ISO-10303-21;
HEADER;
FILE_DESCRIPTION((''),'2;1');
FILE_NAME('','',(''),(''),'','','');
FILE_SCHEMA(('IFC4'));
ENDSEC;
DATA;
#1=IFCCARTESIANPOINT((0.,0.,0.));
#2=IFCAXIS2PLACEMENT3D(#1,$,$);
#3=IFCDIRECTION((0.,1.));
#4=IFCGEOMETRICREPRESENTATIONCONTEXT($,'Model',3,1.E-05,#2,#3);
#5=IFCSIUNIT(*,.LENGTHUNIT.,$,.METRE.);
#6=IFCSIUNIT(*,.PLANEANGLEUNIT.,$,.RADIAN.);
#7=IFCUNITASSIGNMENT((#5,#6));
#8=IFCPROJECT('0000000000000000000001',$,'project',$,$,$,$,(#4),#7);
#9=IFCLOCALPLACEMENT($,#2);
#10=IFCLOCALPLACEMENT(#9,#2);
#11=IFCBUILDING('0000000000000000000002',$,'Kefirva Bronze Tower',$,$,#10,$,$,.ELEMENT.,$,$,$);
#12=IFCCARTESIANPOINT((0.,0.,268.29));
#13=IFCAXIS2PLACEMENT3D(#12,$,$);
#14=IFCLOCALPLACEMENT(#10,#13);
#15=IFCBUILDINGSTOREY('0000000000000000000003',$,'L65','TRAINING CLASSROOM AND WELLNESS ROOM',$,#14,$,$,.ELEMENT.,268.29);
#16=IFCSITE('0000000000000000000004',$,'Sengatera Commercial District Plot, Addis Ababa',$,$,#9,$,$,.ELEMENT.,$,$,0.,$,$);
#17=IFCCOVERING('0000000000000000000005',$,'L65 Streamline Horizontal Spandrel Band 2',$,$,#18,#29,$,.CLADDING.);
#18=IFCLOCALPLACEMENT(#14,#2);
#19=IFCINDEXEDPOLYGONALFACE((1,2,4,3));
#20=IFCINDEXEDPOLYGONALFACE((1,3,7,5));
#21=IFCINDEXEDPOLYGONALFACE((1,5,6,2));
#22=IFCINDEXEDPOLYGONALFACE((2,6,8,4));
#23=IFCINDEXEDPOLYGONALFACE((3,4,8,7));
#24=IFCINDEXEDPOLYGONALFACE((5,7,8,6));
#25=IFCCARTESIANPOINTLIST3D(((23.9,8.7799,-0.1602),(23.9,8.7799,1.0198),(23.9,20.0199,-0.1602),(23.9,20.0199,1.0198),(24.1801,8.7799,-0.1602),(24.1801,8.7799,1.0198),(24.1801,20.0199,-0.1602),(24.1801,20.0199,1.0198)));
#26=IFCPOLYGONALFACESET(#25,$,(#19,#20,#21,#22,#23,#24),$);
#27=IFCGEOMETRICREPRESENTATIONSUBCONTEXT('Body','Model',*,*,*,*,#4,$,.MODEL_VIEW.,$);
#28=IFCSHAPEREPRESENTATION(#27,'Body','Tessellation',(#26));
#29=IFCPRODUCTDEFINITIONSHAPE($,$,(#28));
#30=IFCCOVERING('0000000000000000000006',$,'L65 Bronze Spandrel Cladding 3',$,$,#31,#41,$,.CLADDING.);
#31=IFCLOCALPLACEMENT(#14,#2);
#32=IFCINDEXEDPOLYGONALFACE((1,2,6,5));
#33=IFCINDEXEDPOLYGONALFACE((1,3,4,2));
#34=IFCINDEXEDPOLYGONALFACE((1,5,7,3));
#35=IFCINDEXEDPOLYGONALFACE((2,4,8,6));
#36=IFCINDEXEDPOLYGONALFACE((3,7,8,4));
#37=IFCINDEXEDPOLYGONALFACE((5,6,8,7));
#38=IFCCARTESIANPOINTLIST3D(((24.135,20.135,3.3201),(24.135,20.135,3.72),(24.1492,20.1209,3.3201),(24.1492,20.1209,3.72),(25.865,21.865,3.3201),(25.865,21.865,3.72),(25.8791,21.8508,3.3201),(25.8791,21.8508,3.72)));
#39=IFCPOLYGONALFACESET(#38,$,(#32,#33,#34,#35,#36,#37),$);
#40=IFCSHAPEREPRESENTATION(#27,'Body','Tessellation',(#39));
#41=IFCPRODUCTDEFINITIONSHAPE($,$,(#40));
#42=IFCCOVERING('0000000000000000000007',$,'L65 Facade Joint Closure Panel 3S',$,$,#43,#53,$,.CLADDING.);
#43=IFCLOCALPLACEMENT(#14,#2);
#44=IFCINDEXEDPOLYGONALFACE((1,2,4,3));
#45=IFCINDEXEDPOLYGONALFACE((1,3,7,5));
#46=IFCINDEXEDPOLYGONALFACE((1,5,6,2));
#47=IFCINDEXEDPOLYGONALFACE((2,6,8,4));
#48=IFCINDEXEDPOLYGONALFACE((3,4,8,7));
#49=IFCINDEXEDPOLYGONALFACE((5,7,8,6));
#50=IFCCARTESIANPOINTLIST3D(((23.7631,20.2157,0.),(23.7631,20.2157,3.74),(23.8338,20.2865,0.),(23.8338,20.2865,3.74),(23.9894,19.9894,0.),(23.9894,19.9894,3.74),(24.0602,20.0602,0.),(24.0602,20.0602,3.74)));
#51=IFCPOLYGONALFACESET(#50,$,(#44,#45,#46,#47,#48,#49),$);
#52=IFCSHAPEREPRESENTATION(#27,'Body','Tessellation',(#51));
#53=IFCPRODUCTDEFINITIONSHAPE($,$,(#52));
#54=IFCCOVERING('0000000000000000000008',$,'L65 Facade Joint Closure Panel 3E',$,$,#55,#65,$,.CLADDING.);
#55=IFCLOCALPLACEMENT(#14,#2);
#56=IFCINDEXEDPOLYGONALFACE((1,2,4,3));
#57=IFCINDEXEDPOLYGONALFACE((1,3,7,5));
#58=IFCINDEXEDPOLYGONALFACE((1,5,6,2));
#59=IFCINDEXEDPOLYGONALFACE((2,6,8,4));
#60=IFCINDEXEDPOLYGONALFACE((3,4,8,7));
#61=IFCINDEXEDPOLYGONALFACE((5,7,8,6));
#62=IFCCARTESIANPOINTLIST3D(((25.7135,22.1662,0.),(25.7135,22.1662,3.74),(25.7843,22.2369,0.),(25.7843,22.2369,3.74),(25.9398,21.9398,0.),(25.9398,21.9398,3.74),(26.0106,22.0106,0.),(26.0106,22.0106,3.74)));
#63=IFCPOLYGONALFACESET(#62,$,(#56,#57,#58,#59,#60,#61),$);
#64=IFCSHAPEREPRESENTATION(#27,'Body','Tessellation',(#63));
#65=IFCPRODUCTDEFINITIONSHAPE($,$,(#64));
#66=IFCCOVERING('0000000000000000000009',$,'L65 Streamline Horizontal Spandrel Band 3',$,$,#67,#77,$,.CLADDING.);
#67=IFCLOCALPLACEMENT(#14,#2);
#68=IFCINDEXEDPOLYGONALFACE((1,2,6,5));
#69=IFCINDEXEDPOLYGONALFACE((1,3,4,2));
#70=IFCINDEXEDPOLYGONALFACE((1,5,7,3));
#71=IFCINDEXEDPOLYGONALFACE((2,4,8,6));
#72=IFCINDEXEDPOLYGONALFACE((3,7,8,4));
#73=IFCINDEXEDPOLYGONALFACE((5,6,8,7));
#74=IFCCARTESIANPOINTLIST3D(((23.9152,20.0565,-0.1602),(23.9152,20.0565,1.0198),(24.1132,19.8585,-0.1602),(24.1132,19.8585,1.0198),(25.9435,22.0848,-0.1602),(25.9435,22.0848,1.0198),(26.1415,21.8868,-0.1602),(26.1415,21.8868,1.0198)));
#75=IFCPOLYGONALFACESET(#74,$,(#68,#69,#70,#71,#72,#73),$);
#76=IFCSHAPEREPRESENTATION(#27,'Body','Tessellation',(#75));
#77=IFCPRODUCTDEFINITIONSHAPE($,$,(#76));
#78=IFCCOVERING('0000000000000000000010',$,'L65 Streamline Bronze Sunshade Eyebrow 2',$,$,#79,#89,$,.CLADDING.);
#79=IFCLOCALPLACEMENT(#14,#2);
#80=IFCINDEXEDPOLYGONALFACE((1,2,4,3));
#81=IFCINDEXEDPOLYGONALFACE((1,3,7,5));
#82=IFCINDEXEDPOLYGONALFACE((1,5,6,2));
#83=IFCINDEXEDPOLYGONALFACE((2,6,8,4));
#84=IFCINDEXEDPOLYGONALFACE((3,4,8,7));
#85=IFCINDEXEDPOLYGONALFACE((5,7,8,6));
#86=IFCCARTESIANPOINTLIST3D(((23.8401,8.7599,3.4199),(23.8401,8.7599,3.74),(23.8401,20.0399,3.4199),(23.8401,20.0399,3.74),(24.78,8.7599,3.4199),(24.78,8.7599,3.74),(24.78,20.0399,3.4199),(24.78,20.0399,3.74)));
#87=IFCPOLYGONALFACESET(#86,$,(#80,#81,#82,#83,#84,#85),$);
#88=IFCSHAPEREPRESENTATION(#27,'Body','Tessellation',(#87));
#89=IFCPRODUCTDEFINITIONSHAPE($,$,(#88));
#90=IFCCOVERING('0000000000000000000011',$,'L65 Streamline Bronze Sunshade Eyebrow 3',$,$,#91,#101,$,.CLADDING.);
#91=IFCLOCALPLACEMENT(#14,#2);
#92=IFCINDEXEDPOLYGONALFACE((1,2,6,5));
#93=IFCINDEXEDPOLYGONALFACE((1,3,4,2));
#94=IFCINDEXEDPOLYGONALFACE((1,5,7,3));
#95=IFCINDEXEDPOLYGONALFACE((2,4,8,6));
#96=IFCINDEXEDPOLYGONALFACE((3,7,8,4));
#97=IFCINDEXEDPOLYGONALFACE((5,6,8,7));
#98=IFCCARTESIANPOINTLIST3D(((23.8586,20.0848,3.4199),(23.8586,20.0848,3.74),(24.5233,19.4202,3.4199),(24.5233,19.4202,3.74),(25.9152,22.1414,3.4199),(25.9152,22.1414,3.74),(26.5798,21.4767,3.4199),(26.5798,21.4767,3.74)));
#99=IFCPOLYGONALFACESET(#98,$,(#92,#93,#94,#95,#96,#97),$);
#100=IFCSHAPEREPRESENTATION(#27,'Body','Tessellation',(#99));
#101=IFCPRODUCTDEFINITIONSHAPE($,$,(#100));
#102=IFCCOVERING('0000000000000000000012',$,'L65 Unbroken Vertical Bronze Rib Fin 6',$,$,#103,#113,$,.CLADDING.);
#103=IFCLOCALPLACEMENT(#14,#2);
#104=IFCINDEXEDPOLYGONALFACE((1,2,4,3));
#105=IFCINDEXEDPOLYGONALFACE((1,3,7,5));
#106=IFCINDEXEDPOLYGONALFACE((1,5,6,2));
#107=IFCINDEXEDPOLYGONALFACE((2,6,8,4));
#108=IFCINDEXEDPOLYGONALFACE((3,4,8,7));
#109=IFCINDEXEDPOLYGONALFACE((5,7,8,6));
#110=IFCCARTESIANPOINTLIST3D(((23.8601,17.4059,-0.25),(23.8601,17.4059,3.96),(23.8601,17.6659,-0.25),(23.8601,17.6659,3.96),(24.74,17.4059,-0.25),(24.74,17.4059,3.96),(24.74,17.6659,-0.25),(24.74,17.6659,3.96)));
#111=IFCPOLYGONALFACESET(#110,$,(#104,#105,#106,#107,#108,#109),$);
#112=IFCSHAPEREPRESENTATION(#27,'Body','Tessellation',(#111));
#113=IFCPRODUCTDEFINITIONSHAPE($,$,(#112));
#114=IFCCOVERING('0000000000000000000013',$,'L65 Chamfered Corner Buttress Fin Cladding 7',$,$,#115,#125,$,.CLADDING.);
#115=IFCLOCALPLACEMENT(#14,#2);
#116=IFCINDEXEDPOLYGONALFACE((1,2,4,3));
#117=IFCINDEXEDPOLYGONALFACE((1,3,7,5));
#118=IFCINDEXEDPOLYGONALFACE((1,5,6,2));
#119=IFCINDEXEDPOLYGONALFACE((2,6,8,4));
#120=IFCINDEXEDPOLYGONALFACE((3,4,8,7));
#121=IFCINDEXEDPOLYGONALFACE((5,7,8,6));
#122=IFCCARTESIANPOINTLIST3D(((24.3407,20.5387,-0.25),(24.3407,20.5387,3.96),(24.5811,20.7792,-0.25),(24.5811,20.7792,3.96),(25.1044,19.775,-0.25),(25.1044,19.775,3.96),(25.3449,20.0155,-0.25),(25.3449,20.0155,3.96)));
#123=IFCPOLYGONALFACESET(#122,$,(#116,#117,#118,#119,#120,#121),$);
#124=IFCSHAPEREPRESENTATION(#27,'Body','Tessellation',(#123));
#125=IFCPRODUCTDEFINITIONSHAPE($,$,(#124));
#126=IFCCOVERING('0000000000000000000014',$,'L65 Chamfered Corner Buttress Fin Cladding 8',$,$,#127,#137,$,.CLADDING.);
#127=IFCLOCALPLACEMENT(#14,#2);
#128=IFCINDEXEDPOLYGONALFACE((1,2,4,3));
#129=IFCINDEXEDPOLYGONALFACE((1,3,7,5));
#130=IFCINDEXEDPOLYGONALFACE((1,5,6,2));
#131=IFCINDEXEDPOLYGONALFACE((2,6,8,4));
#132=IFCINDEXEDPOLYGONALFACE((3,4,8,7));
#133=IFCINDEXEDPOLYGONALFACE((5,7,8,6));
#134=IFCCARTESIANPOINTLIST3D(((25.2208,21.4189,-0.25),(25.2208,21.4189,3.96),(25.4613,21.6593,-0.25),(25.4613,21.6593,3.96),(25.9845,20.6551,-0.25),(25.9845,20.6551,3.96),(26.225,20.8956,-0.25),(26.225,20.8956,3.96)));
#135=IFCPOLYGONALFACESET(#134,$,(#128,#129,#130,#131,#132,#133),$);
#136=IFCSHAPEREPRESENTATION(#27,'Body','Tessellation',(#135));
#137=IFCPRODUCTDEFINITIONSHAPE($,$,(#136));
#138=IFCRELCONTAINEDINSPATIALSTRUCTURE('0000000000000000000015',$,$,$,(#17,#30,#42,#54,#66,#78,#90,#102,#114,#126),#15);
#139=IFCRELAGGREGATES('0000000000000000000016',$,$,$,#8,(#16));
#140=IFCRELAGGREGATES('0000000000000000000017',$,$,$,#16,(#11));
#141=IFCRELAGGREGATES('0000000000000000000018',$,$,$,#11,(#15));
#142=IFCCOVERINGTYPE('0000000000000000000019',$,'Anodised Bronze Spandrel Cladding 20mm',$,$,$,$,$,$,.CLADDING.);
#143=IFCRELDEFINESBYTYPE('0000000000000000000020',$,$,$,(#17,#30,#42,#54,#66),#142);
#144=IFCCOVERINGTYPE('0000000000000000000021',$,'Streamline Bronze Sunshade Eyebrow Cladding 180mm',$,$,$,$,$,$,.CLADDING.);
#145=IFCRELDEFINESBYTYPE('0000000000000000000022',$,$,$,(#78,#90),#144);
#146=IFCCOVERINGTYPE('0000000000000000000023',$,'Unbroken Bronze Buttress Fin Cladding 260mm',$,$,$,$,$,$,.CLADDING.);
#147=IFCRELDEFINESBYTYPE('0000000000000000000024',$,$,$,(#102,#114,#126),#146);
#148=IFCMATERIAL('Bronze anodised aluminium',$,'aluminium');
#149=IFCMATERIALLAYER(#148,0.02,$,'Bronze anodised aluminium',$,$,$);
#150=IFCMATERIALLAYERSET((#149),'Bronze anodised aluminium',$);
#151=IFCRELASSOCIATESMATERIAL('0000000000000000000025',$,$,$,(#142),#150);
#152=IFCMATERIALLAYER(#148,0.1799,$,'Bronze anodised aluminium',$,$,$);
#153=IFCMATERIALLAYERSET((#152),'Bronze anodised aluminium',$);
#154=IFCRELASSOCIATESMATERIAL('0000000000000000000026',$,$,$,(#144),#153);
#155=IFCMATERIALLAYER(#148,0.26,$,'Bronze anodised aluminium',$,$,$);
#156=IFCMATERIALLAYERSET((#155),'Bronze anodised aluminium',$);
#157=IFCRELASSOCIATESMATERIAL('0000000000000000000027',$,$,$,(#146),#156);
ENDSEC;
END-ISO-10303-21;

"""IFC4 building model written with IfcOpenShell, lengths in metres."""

from ifc_helpers import new_model, si_unit, direction, frame, origin, origin_2d, place, context, subcontext, project, spatial, rectangle, extrude, material, layer, layer_set, type_object, element, save


model = new_model("IFC4")

# Units and contexts
model_context = context("Model", 3, precision=1e-05, world=origin(), true_north=direction((0.0, 1.0)))
body_context = subcontext(model_context, "Body", "Model", "MODEL_VIEW")
ifc_project = project(units=[si_unit("LENGTHUNIT", "METRE"), si_unit("PLANEANGLEUNIT", "RADIAN")], contexts=[model_context])

# Site, building, storey
site_placement = place(None, origin())
site = spatial("IfcSite", under=ifc_project, at=site_placement, Name="Sengatera Commercial District Plot, Addis Ababa", CompositionType="ELEMENT", RefElevation=0.0)
building_placement = place(site_placement, origin())
building = spatial("IfcBuilding", under=site, at=building_placement, Name="Kefirva Bronze Tower", CompositionType="ELEMENT")
storey_placement = place(building_placement, frame((0.0, 0.0, 268.29)))
storey = spatial("IfcBuildingStorey", under=building, at=storey_placement, Name="L65", Description="TRAINING CLASSROOM AND WELLNESS ROOM", CompositionType="ELEMENT", Elevation=268.29)

# Shared definitions
ifc_material_1 = material(Name="Bronze anodised aluminium", Category="aluminium")

# Coverings
ifc_layer_1 = layer(ifc_material_1, 0.02, Name="Bronze anodised aluminium")
ifc_layer_set_1 = layer_set([ifc_layer_1], Name="Bronze anodised aluminium")
covering_type_1 = type_object("IfcCoveringType", Name="Anodised Bronze Spandrel Cladding 20mm", PredefinedType="CLADDING", material=ifc_layer_set_1)
covering_1_placement = place(storey_placement, frame((24.04, 14.3999, -0.1602), z_axis=(0.0, 0.0, 1.0), x_axis=(0.0, 1.0, 0.0)))
element("IfcCovering", 1, at=covering_1_placement, inside=storey, type_object=covering_type_1, Name="L65 Streamline Horizontal Spandrel Band 2", PredefinedType="CLADDING", context=body_context, shape_type="SweptSolid", body=[
    extrude(rectangle(XDim=11.24, YDim=0.28, at=origin_2d()), origin(), (0.0, 0.0, 1.0), 1.1799),
])
covering_2_placement = place(storey_placement, frame((25.0071, 20.9929, 3.3201), z_axis=(0.0, 0.0, 1.0), x_axis=(0.707107, 0.707107, 0.0)))
element("IfcCovering", 2, at=covering_2_placement, inside=storey, type_object=covering_type_1, Name="L65 Bronze Spandrel Cladding 3", PredefinedType="CLADDING", context=body_context, shape_type="SweptSolid", body=[
    extrude(rectangle(XDim=2.4465, YDim=0.02, at=origin_2d()), origin(), (0.0, 0.0, 1.0), 0.3999),
])
for number, where, z_axis, x_axis, name in (
    (3, (23.9116, 20.1379, 0.0), (0.0, 0.0, 1.0), (0.707107, 0.707107, 0.0), "L65 Facade Joint Closure Panel 3S"),
    (4, (25.8621, 22.0884, 0.0), (0.0, 0.0, 1.0), (0.707107, 0.707107, 0.0), "L65 Facade Joint Closure Panel 3E"),
):
    element("IfcCovering", number, at=place(storey_placement, frame(where, z_axis=z_axis, x_axis=x_axis)), inside=storey, type_object=covering_type_1, Name=name, PredefinedType="CLADDING", context=body_context, shape_type="SweptSolid", body=[
        extrude(rectangle(XDim=0.1001, YDim=0.3201, at=origin_2d()), origin(), (0.0, 0.0, 1.0), 3.74),
    ])
covering_3_placement = place(storey_placement, frame((25.0283, 20.9717, -0.1602), z_axis=(0.0, 0.0, 1.0), x_axis=(0.707107, 0.707107, 0.0)))
element("IfcCovering", 5, at=covering_3_placement, inside=storey, type_object=covering_type_1, Name="L65 Streamline Horizontal Spandrel Band 3", PredefinedType="CLADDING", context=body_context, shape_type="SweptSolid", body=[
    extrude(rectangle(XDim=2.8684, YDim=0.28, at=origin_2d()), origin(), (0.0, 0.0, 1.0), 1.1799),
])
ifc_layer_2 = layer(ifc_material_1, 0.1799, Name="Bronze anodised aluminium")
ifc_layer_set_2 = layer_set([ifc_layer_2], Name="Bronze anodised aluminium")
covering_type_2 = type_object("IfcCoveringType", Name="Streamline Bronze Sunshade Eyebrow Cladding 180mm", PredefinedType="CLADDING", material=ifc_layer_set_2)
covering_4_placement = place(storey_placement, frame((24.3101, 14.3999, 3.4199), z_axis=(0.0, 0.0, 1.0), x_axis=(0.0, 1.0, 0.0)))
element("IfcCovering", 6, at=covering_4_placement, inside=storey, type_object=covering_type_2, Name="L65 Streamline Bronze Sunshade Eyebrow 2", PredefinedType="CLADDING", context=body_context, shape_type="SweptSolid", body=[
    extrude(rectangle(XDim=11.28, YDim=0.9399, at=origin_2d()), origin(), (0.0, 0.0, 1.0), 0.3201),
])
covering_5_placement = place(storey_placement, frame((25.2192, 20.7808, 3.4199), z_axis=(0.0, 0.0, 1.0), x_axis=(0.707107, 0.707107, 0.0)))
element("IfcCovering", 7, at=covering_5_placement, inside=storey, type_object=covering_type_2, Name="L65 Streamline Bronze Sunshade Eyebrow 3", PredefinedType="CLADDING", context=body_context, shape_type="SweptSolid", body=[
    extrude(rectangle(XDim=2.9084, YDim=0.9399, at=origin_2d()), origin(), (0.0, 0.0, 1.0), 0.3201),
])
ifc_layer_3 = layer(ifc_material_1, 0.26, Name="Bronze anodised aluminium")
ifc_layer_set_3 = layer_set([ifc_layer_3], Name="Bronze anodised aluminium")
covering_type_3 = type_object("IfcCoveringType", Name="Unbroken Bronze Buttress Fin Cladding 260mm", PredefinedType="CLADDING", material=ifc_layer_set_3)
covering_6_placement = place(storey_placement, frame((24.3, 17.5359, -0.25), z_axis=(0.0, 0.0, 1.0), x_axis=(0.0, 1.0, 0.0)))
element("IfcCovering", 8, at=covering_6_placement, inside=storey, type_object=covering_type_3, Name="L65 Unbroken Vertical Bronze Rib Fin 6", PredefinedType="CLADDING", context=body_context, shape_type="SweptSolid", body=[
    extrude(rectangle(XDim=0.26, YDim=0.8799, at=origin_2d()), origin(), (0.0, 0.0, 1.0), 4.21),
])
for number, where, z_axis, x_axis, name in (
    (9, (24.8428, 20.2771, -0.25), (0.0, 0.0, 1.0), (0.707107, 0.707107, 0.0), "L65 Chamfered Corner Buttress Fin Cladding 7"),
    (10, (25.7229, 21.1572, -0.25), (0.0, 0.0, 1.0), (0.707107, 0.707107, 0.0), "L65 Chamfered Corner Buttress Fin Cladding 8"),
):
    element("IfcCovering", number, at=place(storey_placement, frame(where, z_axis=z_axis, x_axis=x_axis)), inside=storey, type_object=covering_type_3, Name=name, PredefinedType="CLADDING", context=body_context, shape_type="SweptSolid", body=[
        extrude(rectangle(XDim=0.3401, YDim=1.0801, at=origin_2d()), origin(), (0.0, 0.0, 1.0), 4.21),
    ])

save(model, "model.ifc")
